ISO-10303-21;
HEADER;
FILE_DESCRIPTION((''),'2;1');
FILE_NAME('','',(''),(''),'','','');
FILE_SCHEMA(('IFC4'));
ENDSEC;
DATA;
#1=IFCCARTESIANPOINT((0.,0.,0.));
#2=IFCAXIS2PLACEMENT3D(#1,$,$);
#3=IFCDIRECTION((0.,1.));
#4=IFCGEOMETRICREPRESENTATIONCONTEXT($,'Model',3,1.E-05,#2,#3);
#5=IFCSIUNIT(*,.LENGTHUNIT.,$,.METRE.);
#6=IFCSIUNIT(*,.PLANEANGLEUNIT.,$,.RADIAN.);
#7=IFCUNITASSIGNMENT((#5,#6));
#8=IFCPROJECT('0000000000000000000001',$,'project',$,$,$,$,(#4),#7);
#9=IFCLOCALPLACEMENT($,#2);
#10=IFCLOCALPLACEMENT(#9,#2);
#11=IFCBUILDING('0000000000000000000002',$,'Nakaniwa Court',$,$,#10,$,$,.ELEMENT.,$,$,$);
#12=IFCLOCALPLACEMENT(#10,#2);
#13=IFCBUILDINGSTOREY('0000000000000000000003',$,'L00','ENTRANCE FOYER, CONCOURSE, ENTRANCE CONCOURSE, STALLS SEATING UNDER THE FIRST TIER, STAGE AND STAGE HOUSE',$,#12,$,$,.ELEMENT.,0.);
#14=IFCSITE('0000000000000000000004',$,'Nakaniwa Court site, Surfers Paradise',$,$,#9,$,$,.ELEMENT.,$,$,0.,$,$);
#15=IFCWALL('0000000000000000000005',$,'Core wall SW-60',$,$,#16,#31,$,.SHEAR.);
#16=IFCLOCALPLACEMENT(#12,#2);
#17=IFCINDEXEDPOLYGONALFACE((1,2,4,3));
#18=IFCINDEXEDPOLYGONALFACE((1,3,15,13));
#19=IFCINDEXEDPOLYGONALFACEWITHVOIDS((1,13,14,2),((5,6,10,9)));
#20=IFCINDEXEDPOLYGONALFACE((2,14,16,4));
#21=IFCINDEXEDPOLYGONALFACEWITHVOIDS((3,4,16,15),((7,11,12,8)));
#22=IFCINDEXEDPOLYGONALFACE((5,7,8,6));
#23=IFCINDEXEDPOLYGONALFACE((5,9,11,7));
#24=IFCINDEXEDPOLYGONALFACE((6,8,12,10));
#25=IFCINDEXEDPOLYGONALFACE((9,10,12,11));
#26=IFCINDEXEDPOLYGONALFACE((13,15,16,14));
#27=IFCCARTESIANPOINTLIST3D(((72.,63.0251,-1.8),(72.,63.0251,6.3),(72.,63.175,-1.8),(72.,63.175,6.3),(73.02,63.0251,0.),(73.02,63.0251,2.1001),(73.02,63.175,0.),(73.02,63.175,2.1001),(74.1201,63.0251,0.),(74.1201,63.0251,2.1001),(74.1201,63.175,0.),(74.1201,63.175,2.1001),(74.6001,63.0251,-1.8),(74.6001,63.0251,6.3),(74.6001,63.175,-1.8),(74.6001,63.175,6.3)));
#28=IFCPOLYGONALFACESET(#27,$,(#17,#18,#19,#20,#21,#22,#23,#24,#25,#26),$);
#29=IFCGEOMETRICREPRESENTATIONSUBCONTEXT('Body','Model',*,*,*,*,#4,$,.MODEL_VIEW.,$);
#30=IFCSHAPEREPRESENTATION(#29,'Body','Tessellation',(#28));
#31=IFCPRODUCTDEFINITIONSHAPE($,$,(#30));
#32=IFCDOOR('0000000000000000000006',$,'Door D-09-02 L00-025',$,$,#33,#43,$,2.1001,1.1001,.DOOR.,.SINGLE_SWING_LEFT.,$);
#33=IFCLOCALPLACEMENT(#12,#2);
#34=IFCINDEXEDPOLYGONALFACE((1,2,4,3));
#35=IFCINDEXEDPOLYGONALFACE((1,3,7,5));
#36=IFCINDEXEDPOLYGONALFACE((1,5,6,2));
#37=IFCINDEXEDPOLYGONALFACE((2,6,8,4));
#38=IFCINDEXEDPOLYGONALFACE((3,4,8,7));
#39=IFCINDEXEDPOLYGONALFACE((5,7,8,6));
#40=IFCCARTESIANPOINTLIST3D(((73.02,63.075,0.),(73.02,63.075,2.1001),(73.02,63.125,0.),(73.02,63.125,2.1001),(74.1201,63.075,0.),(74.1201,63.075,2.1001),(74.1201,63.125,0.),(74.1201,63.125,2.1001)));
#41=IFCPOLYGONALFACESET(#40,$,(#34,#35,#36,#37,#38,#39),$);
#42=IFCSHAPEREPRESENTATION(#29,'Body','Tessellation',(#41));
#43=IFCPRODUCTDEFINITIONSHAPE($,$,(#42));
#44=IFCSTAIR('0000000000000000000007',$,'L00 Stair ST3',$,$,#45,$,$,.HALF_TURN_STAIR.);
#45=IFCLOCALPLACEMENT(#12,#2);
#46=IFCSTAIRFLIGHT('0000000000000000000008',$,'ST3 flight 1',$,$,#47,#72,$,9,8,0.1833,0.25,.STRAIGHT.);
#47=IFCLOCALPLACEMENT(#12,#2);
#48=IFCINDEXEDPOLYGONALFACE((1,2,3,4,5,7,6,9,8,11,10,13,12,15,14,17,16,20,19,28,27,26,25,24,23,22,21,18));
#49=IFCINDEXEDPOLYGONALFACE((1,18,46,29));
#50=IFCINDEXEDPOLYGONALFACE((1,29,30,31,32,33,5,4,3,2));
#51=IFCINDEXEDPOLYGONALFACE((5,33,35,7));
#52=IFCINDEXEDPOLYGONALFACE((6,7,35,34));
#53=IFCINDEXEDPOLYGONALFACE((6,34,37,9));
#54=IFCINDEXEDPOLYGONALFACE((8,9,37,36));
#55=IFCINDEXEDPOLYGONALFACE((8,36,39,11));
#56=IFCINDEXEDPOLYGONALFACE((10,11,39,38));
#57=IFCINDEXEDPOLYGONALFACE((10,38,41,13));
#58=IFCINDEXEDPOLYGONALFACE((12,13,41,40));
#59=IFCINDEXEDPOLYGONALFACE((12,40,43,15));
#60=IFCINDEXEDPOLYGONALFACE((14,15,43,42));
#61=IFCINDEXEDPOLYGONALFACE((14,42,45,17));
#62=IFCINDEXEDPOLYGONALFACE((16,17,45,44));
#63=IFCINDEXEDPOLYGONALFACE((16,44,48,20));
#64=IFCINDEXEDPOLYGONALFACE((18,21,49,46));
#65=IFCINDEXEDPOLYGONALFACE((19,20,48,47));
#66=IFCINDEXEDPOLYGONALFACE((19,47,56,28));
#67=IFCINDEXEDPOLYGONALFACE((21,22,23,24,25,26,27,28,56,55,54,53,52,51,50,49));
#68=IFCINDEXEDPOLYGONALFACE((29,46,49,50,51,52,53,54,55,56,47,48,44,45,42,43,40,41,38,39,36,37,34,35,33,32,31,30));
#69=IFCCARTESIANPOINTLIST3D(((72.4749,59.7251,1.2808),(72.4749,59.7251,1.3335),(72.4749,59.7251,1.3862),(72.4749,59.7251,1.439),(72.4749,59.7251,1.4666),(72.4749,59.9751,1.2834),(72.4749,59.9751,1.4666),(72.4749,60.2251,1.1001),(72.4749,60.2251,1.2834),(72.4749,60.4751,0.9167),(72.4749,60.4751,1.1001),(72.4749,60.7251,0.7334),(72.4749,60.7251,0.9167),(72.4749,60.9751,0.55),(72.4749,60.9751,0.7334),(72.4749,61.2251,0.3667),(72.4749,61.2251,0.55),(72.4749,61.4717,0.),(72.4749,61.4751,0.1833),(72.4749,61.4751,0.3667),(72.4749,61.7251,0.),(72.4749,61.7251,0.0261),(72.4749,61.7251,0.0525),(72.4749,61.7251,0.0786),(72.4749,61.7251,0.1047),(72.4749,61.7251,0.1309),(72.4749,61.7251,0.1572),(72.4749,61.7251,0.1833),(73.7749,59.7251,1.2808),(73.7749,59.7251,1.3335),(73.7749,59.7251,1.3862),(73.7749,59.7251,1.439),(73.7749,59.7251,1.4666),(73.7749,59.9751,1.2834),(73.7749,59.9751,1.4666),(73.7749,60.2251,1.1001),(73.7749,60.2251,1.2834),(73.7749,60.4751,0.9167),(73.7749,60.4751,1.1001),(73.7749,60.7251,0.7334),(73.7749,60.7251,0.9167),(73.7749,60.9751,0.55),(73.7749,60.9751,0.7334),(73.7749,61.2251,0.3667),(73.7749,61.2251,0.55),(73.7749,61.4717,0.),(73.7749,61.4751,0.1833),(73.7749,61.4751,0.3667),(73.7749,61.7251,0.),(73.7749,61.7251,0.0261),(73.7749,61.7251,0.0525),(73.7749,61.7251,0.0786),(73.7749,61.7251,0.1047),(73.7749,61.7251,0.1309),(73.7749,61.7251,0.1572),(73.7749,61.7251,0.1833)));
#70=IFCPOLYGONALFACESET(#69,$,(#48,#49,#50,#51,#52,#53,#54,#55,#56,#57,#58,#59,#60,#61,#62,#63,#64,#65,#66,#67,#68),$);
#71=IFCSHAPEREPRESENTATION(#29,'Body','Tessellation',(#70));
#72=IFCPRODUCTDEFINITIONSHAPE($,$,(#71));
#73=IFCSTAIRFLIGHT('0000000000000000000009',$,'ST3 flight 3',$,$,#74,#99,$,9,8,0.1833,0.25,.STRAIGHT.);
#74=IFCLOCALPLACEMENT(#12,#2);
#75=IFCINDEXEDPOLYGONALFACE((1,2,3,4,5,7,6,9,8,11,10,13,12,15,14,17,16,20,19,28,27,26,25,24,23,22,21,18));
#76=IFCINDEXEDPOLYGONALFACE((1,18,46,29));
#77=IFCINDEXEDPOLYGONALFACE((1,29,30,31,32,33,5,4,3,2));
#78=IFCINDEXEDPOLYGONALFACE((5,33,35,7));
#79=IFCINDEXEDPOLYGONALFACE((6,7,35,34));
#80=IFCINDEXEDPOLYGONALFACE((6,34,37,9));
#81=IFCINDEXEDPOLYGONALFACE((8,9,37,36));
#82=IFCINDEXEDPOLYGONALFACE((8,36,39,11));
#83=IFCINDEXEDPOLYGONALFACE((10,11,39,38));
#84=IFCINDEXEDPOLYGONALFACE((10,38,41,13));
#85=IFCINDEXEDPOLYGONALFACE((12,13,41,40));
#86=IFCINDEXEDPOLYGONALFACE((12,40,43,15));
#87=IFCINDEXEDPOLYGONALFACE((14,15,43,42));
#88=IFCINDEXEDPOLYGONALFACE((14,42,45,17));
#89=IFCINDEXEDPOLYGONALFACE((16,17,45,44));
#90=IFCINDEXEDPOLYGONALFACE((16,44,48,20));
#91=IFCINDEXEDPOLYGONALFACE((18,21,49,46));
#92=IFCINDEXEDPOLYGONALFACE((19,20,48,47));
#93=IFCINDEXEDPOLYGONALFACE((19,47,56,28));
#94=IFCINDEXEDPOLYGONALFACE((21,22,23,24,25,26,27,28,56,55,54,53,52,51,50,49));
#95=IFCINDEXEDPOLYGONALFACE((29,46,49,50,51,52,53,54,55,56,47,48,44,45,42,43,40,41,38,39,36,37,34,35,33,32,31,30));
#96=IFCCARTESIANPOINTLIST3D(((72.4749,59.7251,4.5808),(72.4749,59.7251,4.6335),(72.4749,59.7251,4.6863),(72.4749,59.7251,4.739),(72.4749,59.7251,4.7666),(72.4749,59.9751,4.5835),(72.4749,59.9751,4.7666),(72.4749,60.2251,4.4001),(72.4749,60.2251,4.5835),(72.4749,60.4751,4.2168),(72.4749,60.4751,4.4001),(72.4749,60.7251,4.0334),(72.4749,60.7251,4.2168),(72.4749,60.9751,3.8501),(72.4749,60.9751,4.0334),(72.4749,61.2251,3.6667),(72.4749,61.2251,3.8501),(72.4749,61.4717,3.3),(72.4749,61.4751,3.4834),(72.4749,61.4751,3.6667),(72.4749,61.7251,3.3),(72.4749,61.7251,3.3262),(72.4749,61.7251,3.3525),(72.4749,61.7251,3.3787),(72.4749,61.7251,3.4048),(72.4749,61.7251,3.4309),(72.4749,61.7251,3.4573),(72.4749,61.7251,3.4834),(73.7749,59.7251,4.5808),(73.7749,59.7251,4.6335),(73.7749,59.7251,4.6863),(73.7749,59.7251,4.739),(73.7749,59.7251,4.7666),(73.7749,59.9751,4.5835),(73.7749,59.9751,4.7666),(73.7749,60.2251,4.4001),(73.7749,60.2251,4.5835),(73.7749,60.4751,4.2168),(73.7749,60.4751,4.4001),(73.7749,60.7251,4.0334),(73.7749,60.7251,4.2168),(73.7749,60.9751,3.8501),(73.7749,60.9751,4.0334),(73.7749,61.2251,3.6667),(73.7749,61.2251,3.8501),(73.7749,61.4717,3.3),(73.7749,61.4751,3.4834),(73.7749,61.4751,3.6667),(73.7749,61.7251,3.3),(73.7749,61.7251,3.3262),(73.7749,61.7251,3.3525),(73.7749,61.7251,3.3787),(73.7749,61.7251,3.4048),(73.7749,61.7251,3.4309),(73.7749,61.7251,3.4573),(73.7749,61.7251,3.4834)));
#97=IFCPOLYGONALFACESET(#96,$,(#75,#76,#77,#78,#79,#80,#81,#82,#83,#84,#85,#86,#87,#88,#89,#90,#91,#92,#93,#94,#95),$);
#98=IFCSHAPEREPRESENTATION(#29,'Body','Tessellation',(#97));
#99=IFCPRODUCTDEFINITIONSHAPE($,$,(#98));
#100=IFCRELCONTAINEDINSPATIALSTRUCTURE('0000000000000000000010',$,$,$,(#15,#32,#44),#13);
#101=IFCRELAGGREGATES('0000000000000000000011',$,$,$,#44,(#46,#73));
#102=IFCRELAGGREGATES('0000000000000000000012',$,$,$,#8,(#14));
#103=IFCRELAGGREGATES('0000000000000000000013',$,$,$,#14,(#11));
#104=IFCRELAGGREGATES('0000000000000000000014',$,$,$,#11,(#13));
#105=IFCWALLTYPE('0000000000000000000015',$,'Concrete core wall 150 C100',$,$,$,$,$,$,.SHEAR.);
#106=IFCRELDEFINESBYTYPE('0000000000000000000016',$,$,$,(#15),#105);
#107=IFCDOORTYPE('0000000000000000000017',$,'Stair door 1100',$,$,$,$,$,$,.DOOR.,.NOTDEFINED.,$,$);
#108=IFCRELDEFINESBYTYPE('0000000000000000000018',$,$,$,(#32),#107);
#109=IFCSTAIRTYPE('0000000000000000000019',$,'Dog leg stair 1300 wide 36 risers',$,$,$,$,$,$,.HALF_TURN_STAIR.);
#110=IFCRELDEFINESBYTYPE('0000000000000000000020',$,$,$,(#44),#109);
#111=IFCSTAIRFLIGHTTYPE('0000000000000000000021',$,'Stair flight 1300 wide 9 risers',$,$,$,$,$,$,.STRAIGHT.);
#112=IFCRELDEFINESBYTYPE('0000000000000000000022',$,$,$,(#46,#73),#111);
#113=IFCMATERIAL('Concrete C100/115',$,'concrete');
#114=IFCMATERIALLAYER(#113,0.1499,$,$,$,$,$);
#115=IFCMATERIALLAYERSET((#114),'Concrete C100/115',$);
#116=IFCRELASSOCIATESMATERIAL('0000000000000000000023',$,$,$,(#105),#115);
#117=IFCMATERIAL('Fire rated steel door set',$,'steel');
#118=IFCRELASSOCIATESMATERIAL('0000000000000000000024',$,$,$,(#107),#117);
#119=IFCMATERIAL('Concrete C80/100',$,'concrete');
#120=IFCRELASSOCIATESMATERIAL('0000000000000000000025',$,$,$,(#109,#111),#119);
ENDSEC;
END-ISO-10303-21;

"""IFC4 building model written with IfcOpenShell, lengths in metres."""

from ifc_helpers import new_model, si_unit, direction, frame, frame_2d, origin, place, context, subcontext, project, spatial, polyline, rectangle, outline, extrude, material, layer, layer_set, type_object, element, fill, aggregate, save


model = new_model("IFC4")

# Units and contexts
model_context = context("Model", 3, precision=1e-05, world=origin(), true_north=direction((0.0, 1.0)))
body_context = subcontext(model_context, "Body", "Model", "MODEL_VIEW")
ifc_project = project(units=[si_unit("LENGTHUNIT", "METRE"), si_unit("PLANEANGLEUNIT", "RADIAN")], contexts=[model_context])

# Site, building, storey
site_placement = place(None, origin())
site = spatial("IfcSite", under=ifc_project, at=site_placement, Name="Nakaniwa Court site, Surfers Paradise", CompositionType="ELEMENT", RefElevation=0.0)
building_placement = place(site_placement, origin())
building = spatial("IfcBuilding", under=site, at=building_placement, Name="Nakaniwa Court", CompositionType="ELEMENT")
storey_placement = place(building_placement, origin())
storey = spatial("IfcBuildingStorey", under=building, at=storey_placement, Name="L00", Description="ENTRANCE FOYER, CONCOURSE, ENTRANCE CONCOURSE, STALLS SEATING UNDER THE FIRST TIER, STAGE AND STAGE HOUSE", CompositionType="ELEMENT", Elevation=0.0)

# Shared definitions
ifc_material_1 = material(Name="Concrete C100/115", Category="concrete")

# Wall, opening, door
ifc_material_2 = material(Name="Fire rated steel door set", Category="steel")
ifc_layer_1 = layer(ifc_material_1, 0.1499)
ifc_layer_set_1 = layer_set([ifc_layer_1], Name="Concrete C100/115")
wall_type_1 = type_object("IfcWallType", Name="Concrete core wall 150 C100", PredefinedType="SHEAR", material=ifc_layer_set_1)
wall_1_placement = place(storey_placement, frame((72.0, 63.1001, -1.8), z_axis=(0.0, 0.0, 1.0), x_axis=(1.0, 0.0, 0.0)))
wall_1 = element("IfcWall", 1, at=wall_1_placement, inside=storey, type_object=wall_type_1, Name="Core wall SW-60", PredefinedType="SHEAR", context=body_context, shape_type="SweptSolid", body=[
    extrude(rectangle(XDim=2.6001, YDim=0.1499, at=frame_2d((1.3, 0.0))), origin(), (0.0, 0.0, 1.0), 8.1001),
])
opening_1_placement = place(wall_1_placement, frame((1.02, 0.0, 1.8)))
opening_1 = element("IfcOpeningElement", 2, at=opening_1_placement, cuts=wall_1, PredefinedType="OPENING", context=body_context, shape_type="SweptSolid", body=[
    extrude(rectangle(XDim=1.1001, YDim=2.1001, at=frame_2d((0.55, 1.05))), frame((0.0, 0.085, 0.0), z_axis=(0.0, -1.0, 0.0), x_axis=(1.0, 0.0, 0.0)), (0.0, 0.0, 1.0), 0.1699),
])
door_type_1 = type_object("IfcDoorType", Name="Stair door 1100", OperationType="NOTDEFINED", PredefinedType="DOOR", material=ifc_material_2)
door_1_placement = place(opening_1_placement, origin())
door_1 = element("IfcDoor", 3, at=door_1_placement, inside=storey, type_object=door_type_1, Name="Door D-09-02 L00-025", OperationType="SINGLE_SWING_LEFT", OverallHeight=2.1001, OverallWidth=1.1001, PredefinedType="DOOR", context=body_context, shape_type="SweptSolid", body=[
    extrude(rectangle(XDim=1.1001, YDim=2.1001, at=frame_2d((0.55, 1.05))), frame((0.0, 0.0249, 0.0), z_axis=(0.0, -1.0, 0.0), x_axis=(1.0, 0.0, 0.0)), (0.0, 0.0, 1.0), 0.05),
])
fill(opening_1, door_1)

# Stair, stair flights
ifc_material_3 = material(Name="Concrete C80/100", Category="concrete")
stair_type = type_object("IfcStairType", Name="Dog leg stair 1300 wide 36 risers", PredefinedType="HALF_TURN_STAIR", material=ifc_material_3)
stair_placement = place(storey_placement, origin())
stair = element("IfcStair", 4, at=stair_placement, inside=storey, type_object=stair_type, Name="L00 Stair ST3", PredefinedType="HALF_TURN_STAIR")
stair_flight_type = type_object("IfcStairFlightType", Name="Stair flight 1300 wide 9 risers", PredefinedType="STRAIGHT", material=ifc_material_3)
stair_flight_1_placement = place(storey_placement, frame((73.125, 61.7251, 0.0), z_axis=(0.0, 0.0, 1.0), x_axis=(0.0, -1.0, 0.0)))
stair_flight_1 = element("IfcStairFlight", 5, at=stair_flight_1_placement, type_object=stair_flight_type, Name="ST3 flight 1", NumberOfRisers=9, NumberOfTreads=8, PredefinedType="STRAIGHT", RiserHeight=0.1833, TreadLength=0.25, context=body_context, shape_type="SweptSolid", body=[
    extrude(outline(polyline([(0.0, 0.0), (0.0, 0.0261), (0.0, 0.0525), (0.0, 0.0786), (0.0, 0.1047), (0.0, 0.1309), (0.0, 0.1572), (0.0, 0.1833), (0.25, 0.1833), (0.25, 0.3667), (0.5, 0.3667), (0.5, 0.55), (0.75, 0.55), (0.75, 0.7334), (1.0, 0.7334), (1.0, 0.9167), (1.25, 0.9167), (1.25, 1.1001), (1.5, 1.1001), (1.5, 1.2834), (1.75, 1.2834), (1.75, 1.4666), (2.0, 1.4666), (2.0, 1.6499), (2.0, 1.5972), (2.0, 1.5444), (2.0, 1.4917), (2.0, 1.439), (2.0, 1.3862), (2.0, 1.3335), (2.0, 1.2808), (0.2534, 0.0), (0.0, 0.0)])), frame((0.0, 0.6499, 0.0), z_axis=(0.0, -1.0, 0.0), x_axis=(1.0, 0.0, 0.0)), (0.0, 0.0, 1.0), 1.3),
])
stair_flight_2_placement = place(storey_placement, frame((73.125, 61.7251, 3.3), z_axis=(0.0, 0.0, 1.0), x_axis=(0.0, -1.0, 0.0)))
stair_flight_2 = element("IfcStairFlight", 6, at=stair_flight_2_placement, type_object=stair_flight_type, Name="ST3 flight 3", NumberOfRisers=9, NumberOfTreads=8, PredefinedType="STRAIGHT", RiserHeight=0.1833, TreadLength=0.25, context=body_context, shape_type="SweptSolid", body=[
    extrude(outline(polyline([(0.0, 0.0), (0.0, 0.0261), (0.0, 0.0525), (0.0, 0.0786), (0.0, 0.1047), (0.0, 0.1309), (0.0, 0.1572), (0.0, 0.1833), (0.25, 0.1833), (0.25, 0.3667), (0.5, 0.3667), (0.5, 0.55), (0.75, 0.55), (0.75, 0.7334), (1.0, 0.7334), (1.0, 0.9167), (1.25, 0.9167), (1.25, 1.1001), (1.5, 1.1001), (1.5, 1.2834), (1.75, 1.2834), (1.75, 1.4666), (2.0, 1.4666), (2.0, 1.6499), (2.0, 1.5972), (2.0, 1.5444), (2.0, 1.4917), (2.0, 1.439), (2.0, 1.3862), (2.0, 1.3335), (2.0, 1.2808), (0.2534, 0.0), (0.0, 0.0)])), frame((0.0, 0.6499, 0.0), z_axis=(0.0, -1.0, 0.0), x_axis=(1.0, 0.0, 0.0)), (0.0, 0.0, 1.0), 1.3),
])
aggregate(stair, [stair_flight_1, stair_flight_2])

save(model, "model.ifc")
